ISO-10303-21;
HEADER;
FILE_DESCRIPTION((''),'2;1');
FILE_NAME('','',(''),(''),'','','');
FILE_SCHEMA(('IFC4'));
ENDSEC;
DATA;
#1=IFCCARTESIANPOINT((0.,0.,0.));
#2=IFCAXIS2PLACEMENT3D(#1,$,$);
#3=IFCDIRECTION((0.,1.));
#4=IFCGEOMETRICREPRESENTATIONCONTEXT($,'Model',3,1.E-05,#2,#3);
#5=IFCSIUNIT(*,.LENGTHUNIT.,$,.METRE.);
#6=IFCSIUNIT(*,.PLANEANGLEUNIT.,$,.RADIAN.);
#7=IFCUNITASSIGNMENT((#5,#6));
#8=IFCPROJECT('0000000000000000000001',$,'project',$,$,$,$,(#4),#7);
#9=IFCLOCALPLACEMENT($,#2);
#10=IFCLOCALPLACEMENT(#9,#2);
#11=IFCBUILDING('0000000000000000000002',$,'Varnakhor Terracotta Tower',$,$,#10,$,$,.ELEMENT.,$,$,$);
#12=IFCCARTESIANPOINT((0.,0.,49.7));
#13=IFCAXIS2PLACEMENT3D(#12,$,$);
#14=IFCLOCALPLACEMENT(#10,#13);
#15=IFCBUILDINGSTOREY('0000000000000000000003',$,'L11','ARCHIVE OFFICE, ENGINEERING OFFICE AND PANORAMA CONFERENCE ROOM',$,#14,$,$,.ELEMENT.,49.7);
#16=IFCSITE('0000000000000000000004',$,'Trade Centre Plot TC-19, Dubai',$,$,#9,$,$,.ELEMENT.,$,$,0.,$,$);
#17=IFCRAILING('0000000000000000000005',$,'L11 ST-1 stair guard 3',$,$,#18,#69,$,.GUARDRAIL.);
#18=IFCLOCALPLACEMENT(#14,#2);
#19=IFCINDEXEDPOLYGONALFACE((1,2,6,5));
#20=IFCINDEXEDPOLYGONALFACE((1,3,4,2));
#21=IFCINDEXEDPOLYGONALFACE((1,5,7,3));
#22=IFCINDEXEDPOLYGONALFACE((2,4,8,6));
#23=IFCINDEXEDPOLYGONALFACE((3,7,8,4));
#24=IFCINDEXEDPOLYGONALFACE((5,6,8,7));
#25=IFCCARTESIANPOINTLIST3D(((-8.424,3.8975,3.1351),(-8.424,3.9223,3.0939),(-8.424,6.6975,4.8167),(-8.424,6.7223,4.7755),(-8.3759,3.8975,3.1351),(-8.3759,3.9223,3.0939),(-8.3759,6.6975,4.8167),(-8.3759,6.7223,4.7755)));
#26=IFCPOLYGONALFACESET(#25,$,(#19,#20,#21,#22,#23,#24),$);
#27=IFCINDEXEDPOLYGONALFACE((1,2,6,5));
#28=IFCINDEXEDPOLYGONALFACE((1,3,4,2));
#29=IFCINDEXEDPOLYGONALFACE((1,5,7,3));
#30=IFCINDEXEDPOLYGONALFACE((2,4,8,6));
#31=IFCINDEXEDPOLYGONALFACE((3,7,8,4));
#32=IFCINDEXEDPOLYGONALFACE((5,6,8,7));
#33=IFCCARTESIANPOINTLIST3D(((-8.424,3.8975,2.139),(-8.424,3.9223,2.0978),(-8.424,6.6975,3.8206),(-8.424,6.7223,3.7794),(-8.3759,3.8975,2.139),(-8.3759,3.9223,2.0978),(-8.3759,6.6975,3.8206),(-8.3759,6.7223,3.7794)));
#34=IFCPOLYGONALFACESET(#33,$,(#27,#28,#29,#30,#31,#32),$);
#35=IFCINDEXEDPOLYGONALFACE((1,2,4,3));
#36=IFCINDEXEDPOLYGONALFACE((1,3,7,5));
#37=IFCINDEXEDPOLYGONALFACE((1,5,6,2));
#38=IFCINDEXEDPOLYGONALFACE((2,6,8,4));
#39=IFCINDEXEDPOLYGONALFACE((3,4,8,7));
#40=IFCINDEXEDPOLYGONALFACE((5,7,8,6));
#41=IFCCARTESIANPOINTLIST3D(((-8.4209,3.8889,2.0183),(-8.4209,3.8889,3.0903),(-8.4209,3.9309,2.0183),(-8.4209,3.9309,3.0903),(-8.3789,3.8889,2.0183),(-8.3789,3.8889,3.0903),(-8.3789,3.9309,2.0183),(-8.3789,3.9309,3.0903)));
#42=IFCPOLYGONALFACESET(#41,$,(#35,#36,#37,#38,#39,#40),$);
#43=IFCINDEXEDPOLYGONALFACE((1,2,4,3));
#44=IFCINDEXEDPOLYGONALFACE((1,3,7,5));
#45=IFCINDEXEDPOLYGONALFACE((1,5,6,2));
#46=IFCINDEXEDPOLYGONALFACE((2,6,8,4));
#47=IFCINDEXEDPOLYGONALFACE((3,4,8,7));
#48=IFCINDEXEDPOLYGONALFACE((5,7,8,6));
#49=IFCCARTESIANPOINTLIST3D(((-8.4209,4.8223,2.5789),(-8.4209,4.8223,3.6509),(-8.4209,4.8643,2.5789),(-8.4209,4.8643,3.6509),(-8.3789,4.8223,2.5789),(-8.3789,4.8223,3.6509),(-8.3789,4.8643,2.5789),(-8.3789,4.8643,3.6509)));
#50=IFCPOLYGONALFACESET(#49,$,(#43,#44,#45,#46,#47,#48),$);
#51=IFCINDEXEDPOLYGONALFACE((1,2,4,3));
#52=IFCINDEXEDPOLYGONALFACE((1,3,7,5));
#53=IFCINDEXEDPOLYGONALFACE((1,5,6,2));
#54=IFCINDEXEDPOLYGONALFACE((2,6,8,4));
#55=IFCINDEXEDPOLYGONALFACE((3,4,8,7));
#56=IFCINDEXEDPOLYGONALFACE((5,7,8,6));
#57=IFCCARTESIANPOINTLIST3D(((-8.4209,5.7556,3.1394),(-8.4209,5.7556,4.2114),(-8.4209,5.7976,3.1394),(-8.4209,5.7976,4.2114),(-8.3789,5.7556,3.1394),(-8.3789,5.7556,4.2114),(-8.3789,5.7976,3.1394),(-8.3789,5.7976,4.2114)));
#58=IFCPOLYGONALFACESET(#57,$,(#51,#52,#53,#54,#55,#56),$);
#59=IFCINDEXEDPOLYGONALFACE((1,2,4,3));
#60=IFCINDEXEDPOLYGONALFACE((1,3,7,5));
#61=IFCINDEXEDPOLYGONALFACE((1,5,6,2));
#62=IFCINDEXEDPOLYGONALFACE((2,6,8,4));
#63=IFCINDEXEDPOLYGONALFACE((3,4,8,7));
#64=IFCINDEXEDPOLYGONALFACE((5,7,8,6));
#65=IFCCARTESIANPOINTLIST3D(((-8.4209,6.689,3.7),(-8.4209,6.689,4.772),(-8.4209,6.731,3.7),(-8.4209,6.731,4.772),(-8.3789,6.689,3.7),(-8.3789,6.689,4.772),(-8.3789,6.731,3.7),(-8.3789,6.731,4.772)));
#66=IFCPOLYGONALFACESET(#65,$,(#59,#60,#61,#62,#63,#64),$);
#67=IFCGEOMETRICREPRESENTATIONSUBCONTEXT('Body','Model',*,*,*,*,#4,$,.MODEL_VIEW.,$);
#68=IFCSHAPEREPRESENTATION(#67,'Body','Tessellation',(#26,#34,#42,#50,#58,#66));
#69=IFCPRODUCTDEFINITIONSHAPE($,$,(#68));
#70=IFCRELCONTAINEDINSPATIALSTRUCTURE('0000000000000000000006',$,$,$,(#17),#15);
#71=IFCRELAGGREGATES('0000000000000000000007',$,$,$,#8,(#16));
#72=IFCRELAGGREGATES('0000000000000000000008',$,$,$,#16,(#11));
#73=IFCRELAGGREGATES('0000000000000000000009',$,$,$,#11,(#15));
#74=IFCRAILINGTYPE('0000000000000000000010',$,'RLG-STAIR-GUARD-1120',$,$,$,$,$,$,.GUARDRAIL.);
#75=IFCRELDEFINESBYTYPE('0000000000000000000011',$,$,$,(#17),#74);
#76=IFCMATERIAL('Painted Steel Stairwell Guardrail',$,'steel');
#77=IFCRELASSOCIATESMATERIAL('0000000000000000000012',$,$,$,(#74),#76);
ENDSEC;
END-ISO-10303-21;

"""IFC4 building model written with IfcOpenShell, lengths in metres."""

from ifc_helpers import new_model, si_unit, direction, frame, origin, origin_2d, place, context, subcontext, project, spatial, rectangle, extrude, material, type_object, element, save


model = new_model("IFC4")

# Units and contexts
model_context = context("Model", 3, precision=1e-05, world=origin(), true_north=direction((0.0, 1.0)))
body_context = subcontext(model_context, "Body", "Model", "MODEL_VIEW")
ifc_project = project(units=[si_unit("LENGTHUNIT", "METRE"), si_unit("PLANEANGLEUNIT", "RADIAN")], contexts=[model_context])

# Site, building, storey
site_placement = place(None, origin())
site = spatial("IfcSite", under=ifc_project, at=site_placement, Name="Trade Centre Plot TC-19, Dubai", CompositionType="ELEMENT", RefElevation=0.0)
building_placement = place(site_placement, origin())
building = spatial("IfcBuilding", under=site, at=building_placement, Name="Varnakhor Terracotta Tower", CompositionType="ELEMENT")
storey_placement = place(building_placement, frame((0.0, 0.0, 49.7)))
storey = spatial("IfcBuildingStorey", under=building, at=storey_placement, Name="L11", Description="ARCHIVE OFFICE, ENGINEERING OFFICE AND PANORAMA CONFERENCE ROOM", CompositionType="ELEMENT", Elevation=49.7)

# Railing
ifc_material_1 = material(Name="Painted Steel Stairwell Guardrail", Category="steel")
railing_type = type_object("IfcRailingType", Name="RLG-STAIR-GUARD-1120", PredefinedType="GUARDRAIL", material=ifc_material_1)
railing_1_placement = place(storey_placement, frame((-8.3999, 3.9099, 2.0183)))
element("IfcRailing", 1, at=railing_1_placement, inside=storey, type_object=railing_type, Name="L11 ST-1 stair guard 3", PredefinedType="GUARDRAIL", context=body_context, shape_type="SweptSolid", body=[
    extrude(rectangle(XDim=0.0481, YDim=0.0481, at=origin_2d()), frame((0.0, 0.0, 1.0962), z_axis=(0.0, 0.857275, 0.514858), x_axis=(-1.0, 0.0, 0.0)), (0.0, 0.0, 1.0), 3.2661),
    extrude(rectangle(XDim=0.0481, YDim=0.0481, at=origin_2d()), frame((0.0, 0.0, 0.1001), z_axis=(0.0, 0.857275, 0.514858), x_axis=(-1.0, 0.0, 0.0)), (0.0, 0.0, 1.0), 3.2661),
    extrude(rectangle(XDim=0.042, YDim=0.042, at=origin_2d()), origin(), (0.0, 0.0, 1.0), 1.072),
    extrude(rectangle(XDim=0.042, YDim=0.042, at=origin_2d()), frame((0.0, 0.9333, 0.5605)), (0.0, 0.0, 1.0), 1.072),
    extrude(rectangle(XDim=0.042, YDim=0.042, at=origin_2d()), frame((0.0, 1.8667, 1.1211)), (0.0, 0.0, 1.0), 1.072),
    extrude(rectangle(XDim=0.042, YDim=0.042, at=origin_2d()), frame((0.0, 2.8, 1.6816)), (0.0, 0.0, 1.0), 1.072),
])

save(model, "model.ifc")
